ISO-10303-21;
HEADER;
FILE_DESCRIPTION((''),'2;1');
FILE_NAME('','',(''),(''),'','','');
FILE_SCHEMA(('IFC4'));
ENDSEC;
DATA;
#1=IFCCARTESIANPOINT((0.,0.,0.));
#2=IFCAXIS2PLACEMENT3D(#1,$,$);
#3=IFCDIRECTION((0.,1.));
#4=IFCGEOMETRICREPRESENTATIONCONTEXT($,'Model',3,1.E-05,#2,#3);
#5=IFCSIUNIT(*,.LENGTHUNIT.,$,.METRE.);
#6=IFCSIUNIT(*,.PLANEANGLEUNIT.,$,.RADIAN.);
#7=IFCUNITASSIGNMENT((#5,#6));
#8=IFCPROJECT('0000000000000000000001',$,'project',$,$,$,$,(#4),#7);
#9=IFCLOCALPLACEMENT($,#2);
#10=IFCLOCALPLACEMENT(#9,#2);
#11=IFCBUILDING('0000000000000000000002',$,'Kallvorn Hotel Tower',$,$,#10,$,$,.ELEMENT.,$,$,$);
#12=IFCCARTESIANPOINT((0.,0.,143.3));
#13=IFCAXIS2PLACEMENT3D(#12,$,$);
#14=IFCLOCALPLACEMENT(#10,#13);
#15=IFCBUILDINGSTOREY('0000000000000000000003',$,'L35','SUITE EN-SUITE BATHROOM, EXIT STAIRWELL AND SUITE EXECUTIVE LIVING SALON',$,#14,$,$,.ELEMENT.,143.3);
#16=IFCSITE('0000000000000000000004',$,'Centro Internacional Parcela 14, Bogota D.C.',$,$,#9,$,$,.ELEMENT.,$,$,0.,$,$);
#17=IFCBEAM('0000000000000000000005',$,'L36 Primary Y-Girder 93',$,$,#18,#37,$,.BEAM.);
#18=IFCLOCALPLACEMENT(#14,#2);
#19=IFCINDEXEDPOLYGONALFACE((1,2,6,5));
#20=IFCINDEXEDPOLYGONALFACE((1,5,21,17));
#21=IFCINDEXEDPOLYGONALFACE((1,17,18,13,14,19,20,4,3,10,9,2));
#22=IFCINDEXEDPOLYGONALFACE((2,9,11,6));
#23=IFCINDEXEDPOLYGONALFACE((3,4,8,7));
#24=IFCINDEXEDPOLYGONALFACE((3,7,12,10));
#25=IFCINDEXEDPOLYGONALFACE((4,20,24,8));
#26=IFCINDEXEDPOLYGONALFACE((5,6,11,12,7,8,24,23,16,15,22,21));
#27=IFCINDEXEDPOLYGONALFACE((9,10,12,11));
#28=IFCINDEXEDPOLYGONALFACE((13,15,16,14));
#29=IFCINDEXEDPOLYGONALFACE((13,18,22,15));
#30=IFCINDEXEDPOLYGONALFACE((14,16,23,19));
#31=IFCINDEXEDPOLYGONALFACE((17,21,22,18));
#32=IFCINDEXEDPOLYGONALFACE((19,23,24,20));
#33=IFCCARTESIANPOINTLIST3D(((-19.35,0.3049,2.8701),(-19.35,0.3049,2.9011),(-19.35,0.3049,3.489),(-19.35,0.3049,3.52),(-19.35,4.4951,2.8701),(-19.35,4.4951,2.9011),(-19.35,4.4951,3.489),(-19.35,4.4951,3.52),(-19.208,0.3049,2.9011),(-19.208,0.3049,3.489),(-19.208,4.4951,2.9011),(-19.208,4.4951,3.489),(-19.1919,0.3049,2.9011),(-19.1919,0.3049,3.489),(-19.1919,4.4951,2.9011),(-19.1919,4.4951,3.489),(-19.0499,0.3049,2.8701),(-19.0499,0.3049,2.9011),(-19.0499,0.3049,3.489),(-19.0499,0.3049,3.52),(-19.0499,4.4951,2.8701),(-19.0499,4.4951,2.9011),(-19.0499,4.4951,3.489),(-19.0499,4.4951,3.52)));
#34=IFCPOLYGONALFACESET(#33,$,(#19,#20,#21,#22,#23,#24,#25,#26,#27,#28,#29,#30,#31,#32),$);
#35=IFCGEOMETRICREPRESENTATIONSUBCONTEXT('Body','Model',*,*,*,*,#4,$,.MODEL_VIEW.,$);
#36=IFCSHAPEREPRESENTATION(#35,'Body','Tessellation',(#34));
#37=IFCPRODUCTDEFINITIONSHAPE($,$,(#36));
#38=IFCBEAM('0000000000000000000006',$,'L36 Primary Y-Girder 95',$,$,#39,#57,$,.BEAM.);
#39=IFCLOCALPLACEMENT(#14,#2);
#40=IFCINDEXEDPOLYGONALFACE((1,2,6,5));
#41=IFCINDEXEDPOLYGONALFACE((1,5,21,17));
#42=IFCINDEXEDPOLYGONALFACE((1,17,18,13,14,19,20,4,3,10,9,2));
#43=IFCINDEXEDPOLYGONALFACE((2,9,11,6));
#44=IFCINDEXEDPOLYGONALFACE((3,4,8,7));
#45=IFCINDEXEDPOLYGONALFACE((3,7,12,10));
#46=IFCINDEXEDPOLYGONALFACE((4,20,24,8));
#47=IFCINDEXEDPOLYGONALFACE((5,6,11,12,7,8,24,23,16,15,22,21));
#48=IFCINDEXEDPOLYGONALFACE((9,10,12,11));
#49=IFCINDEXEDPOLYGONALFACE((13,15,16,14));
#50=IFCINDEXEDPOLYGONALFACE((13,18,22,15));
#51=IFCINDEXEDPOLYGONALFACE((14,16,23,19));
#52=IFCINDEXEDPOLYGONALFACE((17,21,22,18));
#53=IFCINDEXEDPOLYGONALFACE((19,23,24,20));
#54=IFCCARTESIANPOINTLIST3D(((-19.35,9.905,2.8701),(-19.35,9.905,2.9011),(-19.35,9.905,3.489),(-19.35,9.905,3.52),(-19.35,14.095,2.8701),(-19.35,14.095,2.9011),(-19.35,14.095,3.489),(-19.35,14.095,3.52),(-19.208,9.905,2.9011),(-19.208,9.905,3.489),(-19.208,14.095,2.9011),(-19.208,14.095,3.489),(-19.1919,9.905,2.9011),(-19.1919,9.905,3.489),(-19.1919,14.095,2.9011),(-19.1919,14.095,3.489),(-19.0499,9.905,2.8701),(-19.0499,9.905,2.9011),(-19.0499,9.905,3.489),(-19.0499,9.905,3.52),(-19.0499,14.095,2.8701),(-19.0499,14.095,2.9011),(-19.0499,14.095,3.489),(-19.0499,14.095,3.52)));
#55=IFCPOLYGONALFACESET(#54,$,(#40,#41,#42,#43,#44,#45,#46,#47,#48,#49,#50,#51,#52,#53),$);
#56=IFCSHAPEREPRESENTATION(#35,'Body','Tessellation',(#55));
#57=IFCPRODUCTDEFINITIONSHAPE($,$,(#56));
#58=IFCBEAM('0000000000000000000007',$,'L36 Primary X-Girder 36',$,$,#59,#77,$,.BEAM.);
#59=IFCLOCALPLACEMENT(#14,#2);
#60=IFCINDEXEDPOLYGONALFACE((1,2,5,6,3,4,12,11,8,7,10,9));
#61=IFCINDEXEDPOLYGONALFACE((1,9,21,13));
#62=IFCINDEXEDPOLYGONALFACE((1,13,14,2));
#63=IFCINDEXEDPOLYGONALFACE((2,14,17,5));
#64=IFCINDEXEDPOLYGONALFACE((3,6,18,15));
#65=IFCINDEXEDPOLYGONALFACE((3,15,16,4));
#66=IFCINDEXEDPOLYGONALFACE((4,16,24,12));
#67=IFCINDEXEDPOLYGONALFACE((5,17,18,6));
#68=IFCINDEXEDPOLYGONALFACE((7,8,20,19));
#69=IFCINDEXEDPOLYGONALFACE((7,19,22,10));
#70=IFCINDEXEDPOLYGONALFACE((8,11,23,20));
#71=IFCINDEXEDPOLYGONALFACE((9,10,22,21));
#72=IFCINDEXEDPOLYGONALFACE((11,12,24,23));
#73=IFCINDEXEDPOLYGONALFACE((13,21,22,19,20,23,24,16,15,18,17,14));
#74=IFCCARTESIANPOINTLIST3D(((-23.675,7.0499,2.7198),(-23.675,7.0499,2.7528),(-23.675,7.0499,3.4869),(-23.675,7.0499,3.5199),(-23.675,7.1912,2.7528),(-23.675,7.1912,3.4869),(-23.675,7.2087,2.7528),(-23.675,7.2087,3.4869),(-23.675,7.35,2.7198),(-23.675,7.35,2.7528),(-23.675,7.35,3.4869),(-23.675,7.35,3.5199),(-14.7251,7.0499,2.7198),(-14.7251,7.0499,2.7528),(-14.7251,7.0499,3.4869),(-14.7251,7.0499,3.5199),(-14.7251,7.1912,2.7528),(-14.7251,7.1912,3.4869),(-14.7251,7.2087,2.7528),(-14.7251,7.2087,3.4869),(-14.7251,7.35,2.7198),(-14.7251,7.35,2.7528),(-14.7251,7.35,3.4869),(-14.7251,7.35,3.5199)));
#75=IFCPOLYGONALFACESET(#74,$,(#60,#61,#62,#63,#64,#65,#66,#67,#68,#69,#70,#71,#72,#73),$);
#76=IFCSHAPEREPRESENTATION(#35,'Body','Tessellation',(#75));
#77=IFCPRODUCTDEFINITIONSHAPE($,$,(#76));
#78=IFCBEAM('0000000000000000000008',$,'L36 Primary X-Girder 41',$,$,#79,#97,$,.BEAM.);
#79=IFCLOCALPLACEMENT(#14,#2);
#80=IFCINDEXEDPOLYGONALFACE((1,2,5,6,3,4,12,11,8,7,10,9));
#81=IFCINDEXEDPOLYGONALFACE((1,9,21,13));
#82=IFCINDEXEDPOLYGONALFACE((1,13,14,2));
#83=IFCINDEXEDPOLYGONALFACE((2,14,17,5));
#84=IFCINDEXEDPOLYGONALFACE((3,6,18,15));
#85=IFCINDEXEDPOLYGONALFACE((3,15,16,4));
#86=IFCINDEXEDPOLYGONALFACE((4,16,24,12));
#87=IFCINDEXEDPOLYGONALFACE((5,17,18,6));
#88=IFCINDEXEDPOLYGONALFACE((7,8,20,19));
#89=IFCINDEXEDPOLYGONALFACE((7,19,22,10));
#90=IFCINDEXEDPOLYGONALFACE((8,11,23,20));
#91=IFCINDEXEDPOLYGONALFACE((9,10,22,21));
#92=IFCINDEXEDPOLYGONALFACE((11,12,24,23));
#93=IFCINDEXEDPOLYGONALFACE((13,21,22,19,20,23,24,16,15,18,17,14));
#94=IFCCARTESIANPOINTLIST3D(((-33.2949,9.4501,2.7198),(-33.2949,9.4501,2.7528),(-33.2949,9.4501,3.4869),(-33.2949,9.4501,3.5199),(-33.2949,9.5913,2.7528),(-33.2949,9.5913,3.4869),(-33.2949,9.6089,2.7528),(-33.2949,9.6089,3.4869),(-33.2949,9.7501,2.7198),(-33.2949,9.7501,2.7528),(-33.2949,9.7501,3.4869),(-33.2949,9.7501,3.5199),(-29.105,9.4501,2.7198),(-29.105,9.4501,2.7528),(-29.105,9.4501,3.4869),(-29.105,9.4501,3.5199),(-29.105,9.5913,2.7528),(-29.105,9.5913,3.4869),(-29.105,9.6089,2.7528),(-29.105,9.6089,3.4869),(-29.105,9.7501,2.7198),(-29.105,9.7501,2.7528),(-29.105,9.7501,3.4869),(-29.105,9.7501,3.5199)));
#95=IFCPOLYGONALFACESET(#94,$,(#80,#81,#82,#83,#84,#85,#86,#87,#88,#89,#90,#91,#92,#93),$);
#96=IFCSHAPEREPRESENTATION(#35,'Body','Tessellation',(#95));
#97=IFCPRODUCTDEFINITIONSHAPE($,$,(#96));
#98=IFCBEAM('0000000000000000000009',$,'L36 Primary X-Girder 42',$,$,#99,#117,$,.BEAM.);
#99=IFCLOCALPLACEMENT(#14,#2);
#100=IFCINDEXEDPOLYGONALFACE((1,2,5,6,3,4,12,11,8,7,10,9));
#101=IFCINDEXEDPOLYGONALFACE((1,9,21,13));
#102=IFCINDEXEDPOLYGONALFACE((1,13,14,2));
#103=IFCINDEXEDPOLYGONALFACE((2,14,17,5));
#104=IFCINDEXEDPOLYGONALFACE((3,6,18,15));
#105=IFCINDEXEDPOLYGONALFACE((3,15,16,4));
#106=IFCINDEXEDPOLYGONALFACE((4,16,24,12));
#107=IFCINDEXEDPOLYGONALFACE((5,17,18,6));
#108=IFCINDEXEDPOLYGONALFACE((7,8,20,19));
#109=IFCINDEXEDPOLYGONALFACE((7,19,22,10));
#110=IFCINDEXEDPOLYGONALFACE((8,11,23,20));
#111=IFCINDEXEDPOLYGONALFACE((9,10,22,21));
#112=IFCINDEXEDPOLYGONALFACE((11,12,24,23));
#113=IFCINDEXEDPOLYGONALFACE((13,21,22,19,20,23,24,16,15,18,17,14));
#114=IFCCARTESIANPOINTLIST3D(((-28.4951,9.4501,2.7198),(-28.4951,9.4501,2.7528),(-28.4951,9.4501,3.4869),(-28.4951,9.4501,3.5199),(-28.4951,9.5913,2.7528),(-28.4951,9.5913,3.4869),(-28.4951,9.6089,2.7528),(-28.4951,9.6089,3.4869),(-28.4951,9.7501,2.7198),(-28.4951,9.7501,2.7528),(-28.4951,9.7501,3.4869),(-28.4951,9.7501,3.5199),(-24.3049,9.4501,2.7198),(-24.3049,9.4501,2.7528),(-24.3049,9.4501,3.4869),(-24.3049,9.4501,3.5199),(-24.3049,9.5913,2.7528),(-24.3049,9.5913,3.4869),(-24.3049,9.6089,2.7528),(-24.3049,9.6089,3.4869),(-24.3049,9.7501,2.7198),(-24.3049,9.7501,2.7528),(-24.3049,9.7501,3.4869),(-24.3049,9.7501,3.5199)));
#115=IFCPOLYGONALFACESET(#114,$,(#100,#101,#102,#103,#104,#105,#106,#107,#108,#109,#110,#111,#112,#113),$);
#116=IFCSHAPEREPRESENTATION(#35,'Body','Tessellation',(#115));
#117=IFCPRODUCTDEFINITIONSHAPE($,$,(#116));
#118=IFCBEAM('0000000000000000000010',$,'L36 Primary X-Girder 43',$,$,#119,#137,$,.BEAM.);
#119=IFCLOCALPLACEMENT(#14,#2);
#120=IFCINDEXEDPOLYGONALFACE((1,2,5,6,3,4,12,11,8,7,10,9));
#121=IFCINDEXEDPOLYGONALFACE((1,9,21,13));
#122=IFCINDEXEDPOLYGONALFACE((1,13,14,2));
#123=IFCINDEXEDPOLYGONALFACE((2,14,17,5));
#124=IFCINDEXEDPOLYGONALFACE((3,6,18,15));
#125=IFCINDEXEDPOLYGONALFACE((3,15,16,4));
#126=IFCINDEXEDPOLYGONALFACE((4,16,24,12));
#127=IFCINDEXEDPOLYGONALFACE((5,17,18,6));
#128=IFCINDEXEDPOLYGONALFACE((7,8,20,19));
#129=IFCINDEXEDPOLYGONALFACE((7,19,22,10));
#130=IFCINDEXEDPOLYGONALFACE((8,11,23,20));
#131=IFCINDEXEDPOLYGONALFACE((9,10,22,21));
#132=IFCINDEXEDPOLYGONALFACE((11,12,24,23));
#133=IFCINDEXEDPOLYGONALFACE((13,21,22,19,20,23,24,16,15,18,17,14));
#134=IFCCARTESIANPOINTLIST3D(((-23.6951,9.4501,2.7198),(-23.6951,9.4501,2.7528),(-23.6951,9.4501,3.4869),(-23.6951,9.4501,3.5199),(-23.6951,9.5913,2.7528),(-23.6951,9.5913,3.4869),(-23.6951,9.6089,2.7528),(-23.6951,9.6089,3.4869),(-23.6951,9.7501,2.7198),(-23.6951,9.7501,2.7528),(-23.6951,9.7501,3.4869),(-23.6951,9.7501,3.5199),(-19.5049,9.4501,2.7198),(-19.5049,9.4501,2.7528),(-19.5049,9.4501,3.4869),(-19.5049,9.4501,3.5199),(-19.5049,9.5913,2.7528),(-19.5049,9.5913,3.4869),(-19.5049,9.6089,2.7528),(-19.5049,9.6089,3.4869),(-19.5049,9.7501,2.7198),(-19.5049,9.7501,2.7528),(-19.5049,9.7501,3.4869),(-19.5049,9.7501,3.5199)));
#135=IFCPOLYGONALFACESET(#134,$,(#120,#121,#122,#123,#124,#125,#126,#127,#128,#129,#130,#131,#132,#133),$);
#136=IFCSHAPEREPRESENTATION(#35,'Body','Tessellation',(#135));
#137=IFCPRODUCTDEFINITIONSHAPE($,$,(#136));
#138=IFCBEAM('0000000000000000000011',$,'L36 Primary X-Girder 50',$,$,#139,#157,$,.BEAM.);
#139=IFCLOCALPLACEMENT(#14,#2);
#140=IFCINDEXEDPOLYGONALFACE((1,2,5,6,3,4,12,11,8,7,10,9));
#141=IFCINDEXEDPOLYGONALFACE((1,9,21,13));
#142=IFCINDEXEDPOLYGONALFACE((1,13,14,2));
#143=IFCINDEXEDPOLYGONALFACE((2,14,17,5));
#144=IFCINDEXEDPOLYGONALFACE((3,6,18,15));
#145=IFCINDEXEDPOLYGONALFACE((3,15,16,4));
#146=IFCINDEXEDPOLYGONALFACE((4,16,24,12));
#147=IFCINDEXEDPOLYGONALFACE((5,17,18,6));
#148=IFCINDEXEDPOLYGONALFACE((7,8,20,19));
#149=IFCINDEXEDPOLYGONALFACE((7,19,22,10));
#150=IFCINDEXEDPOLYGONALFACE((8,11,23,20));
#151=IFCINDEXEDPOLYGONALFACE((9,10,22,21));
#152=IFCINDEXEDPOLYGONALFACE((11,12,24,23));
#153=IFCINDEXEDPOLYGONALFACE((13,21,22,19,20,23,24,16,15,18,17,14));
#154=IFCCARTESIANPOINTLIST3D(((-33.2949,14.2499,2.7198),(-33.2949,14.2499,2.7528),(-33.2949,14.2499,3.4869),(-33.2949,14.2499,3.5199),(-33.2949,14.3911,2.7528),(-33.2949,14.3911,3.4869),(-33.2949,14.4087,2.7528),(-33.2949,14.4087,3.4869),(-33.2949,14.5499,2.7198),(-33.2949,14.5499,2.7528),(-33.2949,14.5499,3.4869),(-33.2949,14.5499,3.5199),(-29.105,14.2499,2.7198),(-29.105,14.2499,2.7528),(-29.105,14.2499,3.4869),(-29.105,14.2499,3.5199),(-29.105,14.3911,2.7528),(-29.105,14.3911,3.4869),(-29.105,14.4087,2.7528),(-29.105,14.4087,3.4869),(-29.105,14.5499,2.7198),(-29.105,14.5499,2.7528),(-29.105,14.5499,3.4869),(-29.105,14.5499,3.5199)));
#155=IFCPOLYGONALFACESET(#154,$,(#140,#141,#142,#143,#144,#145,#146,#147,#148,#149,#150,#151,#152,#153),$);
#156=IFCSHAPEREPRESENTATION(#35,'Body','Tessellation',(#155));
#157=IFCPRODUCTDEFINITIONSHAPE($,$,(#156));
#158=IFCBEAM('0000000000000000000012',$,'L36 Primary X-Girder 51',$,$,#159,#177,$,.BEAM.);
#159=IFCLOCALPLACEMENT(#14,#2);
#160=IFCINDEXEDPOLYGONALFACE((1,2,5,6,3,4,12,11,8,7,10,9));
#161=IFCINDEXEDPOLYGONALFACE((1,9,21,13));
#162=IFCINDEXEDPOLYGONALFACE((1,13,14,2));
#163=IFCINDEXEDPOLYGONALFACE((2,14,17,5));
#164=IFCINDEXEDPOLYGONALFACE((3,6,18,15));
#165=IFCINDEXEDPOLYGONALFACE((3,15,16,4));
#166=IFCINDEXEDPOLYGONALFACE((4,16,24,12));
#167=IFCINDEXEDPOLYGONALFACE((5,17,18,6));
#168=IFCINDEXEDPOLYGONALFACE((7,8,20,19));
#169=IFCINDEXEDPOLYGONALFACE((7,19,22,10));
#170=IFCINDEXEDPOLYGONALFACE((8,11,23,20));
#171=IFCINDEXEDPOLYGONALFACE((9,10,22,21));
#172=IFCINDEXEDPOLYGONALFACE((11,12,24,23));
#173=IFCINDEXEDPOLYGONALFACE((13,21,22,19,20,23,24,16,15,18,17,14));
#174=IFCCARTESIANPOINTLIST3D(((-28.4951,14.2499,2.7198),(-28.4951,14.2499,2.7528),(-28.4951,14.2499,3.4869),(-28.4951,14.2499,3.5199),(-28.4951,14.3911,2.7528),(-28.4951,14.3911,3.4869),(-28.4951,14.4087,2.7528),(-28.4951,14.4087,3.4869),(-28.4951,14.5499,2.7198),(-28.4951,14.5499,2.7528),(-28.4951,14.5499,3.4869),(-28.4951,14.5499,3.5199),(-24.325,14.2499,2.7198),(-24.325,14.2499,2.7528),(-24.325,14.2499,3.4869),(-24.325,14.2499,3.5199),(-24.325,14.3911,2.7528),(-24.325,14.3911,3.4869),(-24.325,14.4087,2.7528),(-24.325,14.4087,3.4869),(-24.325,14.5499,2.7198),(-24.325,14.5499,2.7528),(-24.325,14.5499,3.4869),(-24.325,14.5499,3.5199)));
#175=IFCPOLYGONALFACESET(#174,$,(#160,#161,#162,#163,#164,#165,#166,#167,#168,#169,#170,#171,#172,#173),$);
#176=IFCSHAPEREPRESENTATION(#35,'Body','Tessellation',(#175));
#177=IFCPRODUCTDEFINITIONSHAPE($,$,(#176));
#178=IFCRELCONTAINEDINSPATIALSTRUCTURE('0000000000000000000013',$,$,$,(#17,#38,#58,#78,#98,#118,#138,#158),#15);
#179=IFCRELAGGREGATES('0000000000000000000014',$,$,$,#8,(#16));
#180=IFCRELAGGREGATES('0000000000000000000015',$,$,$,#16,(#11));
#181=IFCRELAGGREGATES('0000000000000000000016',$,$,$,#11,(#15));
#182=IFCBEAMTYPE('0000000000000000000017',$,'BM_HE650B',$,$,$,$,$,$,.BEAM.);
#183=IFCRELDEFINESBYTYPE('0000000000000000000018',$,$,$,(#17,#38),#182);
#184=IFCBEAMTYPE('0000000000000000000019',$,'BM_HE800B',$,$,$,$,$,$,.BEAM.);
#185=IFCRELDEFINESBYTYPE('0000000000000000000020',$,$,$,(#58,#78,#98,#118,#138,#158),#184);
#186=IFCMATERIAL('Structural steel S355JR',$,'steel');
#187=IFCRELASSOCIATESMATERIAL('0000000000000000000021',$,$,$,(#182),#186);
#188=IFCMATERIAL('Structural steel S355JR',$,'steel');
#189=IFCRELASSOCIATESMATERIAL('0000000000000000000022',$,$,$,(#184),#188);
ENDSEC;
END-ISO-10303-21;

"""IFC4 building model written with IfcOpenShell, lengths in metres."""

from ifc_helpers import new_model, si_unit, direction, frame, origin, origin_2d, place, context, subcontext, project, spatial, i_section, extrude, material, material_profile, profile_set, type_object, element, save


model = new_model("IFC4")

# Units and contexts
model_context = context("Model", 3, precision=1e-05, world=origin(), true_north=direction((0.0, 1.0)))
body_context = subcontext(model_context, "Body", "Model", "MODEL_VIEW")
ifc_project = project(units=[si_unit("LENGTHUNIT", "METRE"), si_unit("PLANEANGLEUNIT", "RADIAN")], contexts=[model_context])

# Site, building, storey
site_placement = place(None, origin())
site = spatial("IfcSite", under=ifc_project, at=site_placement, Name="Centro Internacional Parcela 14, Bogota D.C.", CompositionType="ELEMENT", RefElevation=0.0)
building_placement = place(site_placement, origin())
building = spatial("IfcBuilding", under=site, at=building_placement, Name="Kallvorn Hotel Tower", CompositionType="ELEMENT")
storey_placement = place(building_placement, frame((0.0, 0.0, 143.3)))
storey = spatial("IfcBuildingStorey", under=building, at=storey_placement, Name="L35", Description="SUITE EN-SUITE BATHROOM, EXIT STAIRWELL AND SUITE EXECUTIVE LIVING SALON", CompositionType="ELEMENT", Elevation=143.3)

# Beams
ifc_material_1 = material(Name="Structural steel S355JR", Category="steel")
ifc_material_profile_1 = material_profile(ifc_material_1, i_section(OverallWidth=0.3, OverallDepth=0.6499, WebThickness=0.0161, FlangeThickness=0.031, at=origin_2d()), Name="HE 650 B")
ifc_profile_set_1 = profile_set([ifc_material_profile_1], Name="Structural steel S355JR")
beam_type_1 = type_object("IfcBeamType", Name="BM_HE650B", PredefinedType="BEAM", material=ifc_profile_set_1)
beam_1_placement = place(storey_placement, frame((-19.2, 0.3049, 3.1951), z_axis=(0.0, 1.0, 0.0), x_axis=(-1.0, 0.0, 0.0)))
element("IfcBeam", 1, at=beam_1_placement, inside=storey, type_object=beam_type_1, Name="L36 Primary Y-Girder 93", PredefinedType="BEAM", context=body_context, shape_type="SweptSolid", body=[
    extrude(i_section(OverallWidth=0.3, OverallDepth=0.6499, WebThickness=0.0161, FlangeThickness=0.031, at=origin_2d()), origin(), (0.0, 0.0, 1.0), 4.1902),
])
beam_2_placement = place(storey_placement, frame((-19.2, 9.905, 3.1951), z_axis=(0.0, 1.0, 0.0), x_axis=(-1.0, 0.0, 0.0)))
element("IfcBeam", 2, at=beam_2_placement, inside=storey, type_object=beam_type_1, Name="L36 Primary Y-Girder 95", PredefinedType="BEAM", context=body_context, shape_type="SweptSolid", body=[
    extrude(i_section(OverallWidth=0.3, OverallDepth=0.6499, WebThickness=0.0161, FlangeThickness=0.031, at=origin_2d()), origin(), (0.0, 0.0, 1.0), 4.1899),
])
ifc_material_2 = material(Name="Structural steel S355JR", Category="steel")
ifc_material_profile_2 = material_profile(ifc_material_2, i_section(OverallWidth=0.3, OverallDepth=0.8, WebThickness=0.0176, FlangeThickness=0.033, at=origin_2d()), Name="HE 800 B")
ifc_profile_set_2 = profile_set([ifc_material_profile_2], Name="Structural steel S355JR")
beam_type_2 = type_object("IfcBeamType", Name="BM_HE800B", PredefinedType="BEAM", material=ifc_profile_set_2)
beam_3_placement = place(storey_placement, frame((-23.675, 7.2, 3.1199), z_axis=(1.0, 0.0, 0.0), x_axis=(0.0, 1.0, 0.0)))
element("IfcBeam", 3, at=beam_3_placement, inside=storey, type_object=beam_type_2, Name="L36 Primary X-Girder 36", PredefinedType="BEAM", context=body_context, shape_type="SweptSolid", body=[
    extrude(i_section(OverallWidth=0.3, OverallDepth=0.8, WebThickness=0.0176, FlangeThickness=0.033, at=origin_2d()), origin(), (0.0, 0.0, 1.0), 8.95),
])
beam_4_placement = place(storey_placement, frame((-33.2949, 9.6001, 3.1199), z_axis=(1.0, 0.0, 0.0), x_axis=(0.0, 1.0, 0.0)))
element("IfcBeam", 4, at=beam_4_placement, inside=storey, type_object=beam_type_2, Name="L36 Primary X-Girder 41", PredefinedType="BEAM", context=body_context, shape_type="SweptSolid", body=[
    extrude(i_section(OverallWidth=0.3, OverallDepth=0.8, WebThickness=0.0176, FlangeThickness=0.033, at=origin_2d()), origin(), (0.0, 0.0, 1.0), 4.1899),
])
for number, where, z_axis, x_axis, name in (
    (5, (-28.4951, 9.6001, 3.1199), (1.0, 0.0, 0.0), (0.0, 1.0, 0.0), "L36 Primary X-Girder 42"),
    (6, (-23.6951, 9.6001, 3.1199), (1.0, 0.0, 0.0), (0.0, 1.0, 0.0), "L36 Primary X-Girder 43"),
):
    element("IfcBeam", number, at=place(storey_placement, frame(where, z_axis=z_axis, x_axis=x_axis)), inside=storey, type_object=beam_type_2, Name=name, PredefinedType="BEAM", context=body_context, shape_type="SweptSolid", body=[
        extrude(i_section(OverallWidth=0.3, OverallDepth=0.8, WebThickness=0.0176, FlangeThickness=0.033, at=origin_2d()), origin(), (0.0, 0.0, 1.0), 4.1902),
    ])
beam_5_placement = place(storey_placement, frame((-33.2949, 14.3999, 3.1199), z_axis=(1.0, 0.0, 0.0), x_axis=(0.0, 1.0, 0.0)))
element("IfcBeam", 7, at=beam_5_placement, inside=storey, type_object=beam_type_2, Name="L36 Primary X-Girder 50", PredefinedType="BEAM", context=body_context, shape_type="SweptSolid", body=[
    extrude(i_section(OverallWidth=0.3, OverallDepth=0.8, WebThickness=0.0176, FlangeThickness=0.033, at=origin_2d()), origin(), (0.0, 0.0, 1.0), 4.1899),
])
beam_6_placement = place(storey_placement, frame((-28.4951, 14.3999, 3.1199), z_axis=(1.0, 0.0, 0.0), x_axis=(0.0, 1.0, 0.0)))
element("IfcBeam", 8, at=beam_6_placement, inside=storey, type_object=beam_type_2, Name="L36 Primary X-Girder 51", PredefinedType="BEAM", context=body_context, shape_type="SweptSolid", body=[
    extrude(i_section(OverallWidth=0.3, OverallDepth=0.8, WebThickness=0.0176, FlangeThickness=0.033, at=origin_2d()), origin(), (0.0, 0.0, 1.0), 4.1702),
])

save(model, "model.ifc")
